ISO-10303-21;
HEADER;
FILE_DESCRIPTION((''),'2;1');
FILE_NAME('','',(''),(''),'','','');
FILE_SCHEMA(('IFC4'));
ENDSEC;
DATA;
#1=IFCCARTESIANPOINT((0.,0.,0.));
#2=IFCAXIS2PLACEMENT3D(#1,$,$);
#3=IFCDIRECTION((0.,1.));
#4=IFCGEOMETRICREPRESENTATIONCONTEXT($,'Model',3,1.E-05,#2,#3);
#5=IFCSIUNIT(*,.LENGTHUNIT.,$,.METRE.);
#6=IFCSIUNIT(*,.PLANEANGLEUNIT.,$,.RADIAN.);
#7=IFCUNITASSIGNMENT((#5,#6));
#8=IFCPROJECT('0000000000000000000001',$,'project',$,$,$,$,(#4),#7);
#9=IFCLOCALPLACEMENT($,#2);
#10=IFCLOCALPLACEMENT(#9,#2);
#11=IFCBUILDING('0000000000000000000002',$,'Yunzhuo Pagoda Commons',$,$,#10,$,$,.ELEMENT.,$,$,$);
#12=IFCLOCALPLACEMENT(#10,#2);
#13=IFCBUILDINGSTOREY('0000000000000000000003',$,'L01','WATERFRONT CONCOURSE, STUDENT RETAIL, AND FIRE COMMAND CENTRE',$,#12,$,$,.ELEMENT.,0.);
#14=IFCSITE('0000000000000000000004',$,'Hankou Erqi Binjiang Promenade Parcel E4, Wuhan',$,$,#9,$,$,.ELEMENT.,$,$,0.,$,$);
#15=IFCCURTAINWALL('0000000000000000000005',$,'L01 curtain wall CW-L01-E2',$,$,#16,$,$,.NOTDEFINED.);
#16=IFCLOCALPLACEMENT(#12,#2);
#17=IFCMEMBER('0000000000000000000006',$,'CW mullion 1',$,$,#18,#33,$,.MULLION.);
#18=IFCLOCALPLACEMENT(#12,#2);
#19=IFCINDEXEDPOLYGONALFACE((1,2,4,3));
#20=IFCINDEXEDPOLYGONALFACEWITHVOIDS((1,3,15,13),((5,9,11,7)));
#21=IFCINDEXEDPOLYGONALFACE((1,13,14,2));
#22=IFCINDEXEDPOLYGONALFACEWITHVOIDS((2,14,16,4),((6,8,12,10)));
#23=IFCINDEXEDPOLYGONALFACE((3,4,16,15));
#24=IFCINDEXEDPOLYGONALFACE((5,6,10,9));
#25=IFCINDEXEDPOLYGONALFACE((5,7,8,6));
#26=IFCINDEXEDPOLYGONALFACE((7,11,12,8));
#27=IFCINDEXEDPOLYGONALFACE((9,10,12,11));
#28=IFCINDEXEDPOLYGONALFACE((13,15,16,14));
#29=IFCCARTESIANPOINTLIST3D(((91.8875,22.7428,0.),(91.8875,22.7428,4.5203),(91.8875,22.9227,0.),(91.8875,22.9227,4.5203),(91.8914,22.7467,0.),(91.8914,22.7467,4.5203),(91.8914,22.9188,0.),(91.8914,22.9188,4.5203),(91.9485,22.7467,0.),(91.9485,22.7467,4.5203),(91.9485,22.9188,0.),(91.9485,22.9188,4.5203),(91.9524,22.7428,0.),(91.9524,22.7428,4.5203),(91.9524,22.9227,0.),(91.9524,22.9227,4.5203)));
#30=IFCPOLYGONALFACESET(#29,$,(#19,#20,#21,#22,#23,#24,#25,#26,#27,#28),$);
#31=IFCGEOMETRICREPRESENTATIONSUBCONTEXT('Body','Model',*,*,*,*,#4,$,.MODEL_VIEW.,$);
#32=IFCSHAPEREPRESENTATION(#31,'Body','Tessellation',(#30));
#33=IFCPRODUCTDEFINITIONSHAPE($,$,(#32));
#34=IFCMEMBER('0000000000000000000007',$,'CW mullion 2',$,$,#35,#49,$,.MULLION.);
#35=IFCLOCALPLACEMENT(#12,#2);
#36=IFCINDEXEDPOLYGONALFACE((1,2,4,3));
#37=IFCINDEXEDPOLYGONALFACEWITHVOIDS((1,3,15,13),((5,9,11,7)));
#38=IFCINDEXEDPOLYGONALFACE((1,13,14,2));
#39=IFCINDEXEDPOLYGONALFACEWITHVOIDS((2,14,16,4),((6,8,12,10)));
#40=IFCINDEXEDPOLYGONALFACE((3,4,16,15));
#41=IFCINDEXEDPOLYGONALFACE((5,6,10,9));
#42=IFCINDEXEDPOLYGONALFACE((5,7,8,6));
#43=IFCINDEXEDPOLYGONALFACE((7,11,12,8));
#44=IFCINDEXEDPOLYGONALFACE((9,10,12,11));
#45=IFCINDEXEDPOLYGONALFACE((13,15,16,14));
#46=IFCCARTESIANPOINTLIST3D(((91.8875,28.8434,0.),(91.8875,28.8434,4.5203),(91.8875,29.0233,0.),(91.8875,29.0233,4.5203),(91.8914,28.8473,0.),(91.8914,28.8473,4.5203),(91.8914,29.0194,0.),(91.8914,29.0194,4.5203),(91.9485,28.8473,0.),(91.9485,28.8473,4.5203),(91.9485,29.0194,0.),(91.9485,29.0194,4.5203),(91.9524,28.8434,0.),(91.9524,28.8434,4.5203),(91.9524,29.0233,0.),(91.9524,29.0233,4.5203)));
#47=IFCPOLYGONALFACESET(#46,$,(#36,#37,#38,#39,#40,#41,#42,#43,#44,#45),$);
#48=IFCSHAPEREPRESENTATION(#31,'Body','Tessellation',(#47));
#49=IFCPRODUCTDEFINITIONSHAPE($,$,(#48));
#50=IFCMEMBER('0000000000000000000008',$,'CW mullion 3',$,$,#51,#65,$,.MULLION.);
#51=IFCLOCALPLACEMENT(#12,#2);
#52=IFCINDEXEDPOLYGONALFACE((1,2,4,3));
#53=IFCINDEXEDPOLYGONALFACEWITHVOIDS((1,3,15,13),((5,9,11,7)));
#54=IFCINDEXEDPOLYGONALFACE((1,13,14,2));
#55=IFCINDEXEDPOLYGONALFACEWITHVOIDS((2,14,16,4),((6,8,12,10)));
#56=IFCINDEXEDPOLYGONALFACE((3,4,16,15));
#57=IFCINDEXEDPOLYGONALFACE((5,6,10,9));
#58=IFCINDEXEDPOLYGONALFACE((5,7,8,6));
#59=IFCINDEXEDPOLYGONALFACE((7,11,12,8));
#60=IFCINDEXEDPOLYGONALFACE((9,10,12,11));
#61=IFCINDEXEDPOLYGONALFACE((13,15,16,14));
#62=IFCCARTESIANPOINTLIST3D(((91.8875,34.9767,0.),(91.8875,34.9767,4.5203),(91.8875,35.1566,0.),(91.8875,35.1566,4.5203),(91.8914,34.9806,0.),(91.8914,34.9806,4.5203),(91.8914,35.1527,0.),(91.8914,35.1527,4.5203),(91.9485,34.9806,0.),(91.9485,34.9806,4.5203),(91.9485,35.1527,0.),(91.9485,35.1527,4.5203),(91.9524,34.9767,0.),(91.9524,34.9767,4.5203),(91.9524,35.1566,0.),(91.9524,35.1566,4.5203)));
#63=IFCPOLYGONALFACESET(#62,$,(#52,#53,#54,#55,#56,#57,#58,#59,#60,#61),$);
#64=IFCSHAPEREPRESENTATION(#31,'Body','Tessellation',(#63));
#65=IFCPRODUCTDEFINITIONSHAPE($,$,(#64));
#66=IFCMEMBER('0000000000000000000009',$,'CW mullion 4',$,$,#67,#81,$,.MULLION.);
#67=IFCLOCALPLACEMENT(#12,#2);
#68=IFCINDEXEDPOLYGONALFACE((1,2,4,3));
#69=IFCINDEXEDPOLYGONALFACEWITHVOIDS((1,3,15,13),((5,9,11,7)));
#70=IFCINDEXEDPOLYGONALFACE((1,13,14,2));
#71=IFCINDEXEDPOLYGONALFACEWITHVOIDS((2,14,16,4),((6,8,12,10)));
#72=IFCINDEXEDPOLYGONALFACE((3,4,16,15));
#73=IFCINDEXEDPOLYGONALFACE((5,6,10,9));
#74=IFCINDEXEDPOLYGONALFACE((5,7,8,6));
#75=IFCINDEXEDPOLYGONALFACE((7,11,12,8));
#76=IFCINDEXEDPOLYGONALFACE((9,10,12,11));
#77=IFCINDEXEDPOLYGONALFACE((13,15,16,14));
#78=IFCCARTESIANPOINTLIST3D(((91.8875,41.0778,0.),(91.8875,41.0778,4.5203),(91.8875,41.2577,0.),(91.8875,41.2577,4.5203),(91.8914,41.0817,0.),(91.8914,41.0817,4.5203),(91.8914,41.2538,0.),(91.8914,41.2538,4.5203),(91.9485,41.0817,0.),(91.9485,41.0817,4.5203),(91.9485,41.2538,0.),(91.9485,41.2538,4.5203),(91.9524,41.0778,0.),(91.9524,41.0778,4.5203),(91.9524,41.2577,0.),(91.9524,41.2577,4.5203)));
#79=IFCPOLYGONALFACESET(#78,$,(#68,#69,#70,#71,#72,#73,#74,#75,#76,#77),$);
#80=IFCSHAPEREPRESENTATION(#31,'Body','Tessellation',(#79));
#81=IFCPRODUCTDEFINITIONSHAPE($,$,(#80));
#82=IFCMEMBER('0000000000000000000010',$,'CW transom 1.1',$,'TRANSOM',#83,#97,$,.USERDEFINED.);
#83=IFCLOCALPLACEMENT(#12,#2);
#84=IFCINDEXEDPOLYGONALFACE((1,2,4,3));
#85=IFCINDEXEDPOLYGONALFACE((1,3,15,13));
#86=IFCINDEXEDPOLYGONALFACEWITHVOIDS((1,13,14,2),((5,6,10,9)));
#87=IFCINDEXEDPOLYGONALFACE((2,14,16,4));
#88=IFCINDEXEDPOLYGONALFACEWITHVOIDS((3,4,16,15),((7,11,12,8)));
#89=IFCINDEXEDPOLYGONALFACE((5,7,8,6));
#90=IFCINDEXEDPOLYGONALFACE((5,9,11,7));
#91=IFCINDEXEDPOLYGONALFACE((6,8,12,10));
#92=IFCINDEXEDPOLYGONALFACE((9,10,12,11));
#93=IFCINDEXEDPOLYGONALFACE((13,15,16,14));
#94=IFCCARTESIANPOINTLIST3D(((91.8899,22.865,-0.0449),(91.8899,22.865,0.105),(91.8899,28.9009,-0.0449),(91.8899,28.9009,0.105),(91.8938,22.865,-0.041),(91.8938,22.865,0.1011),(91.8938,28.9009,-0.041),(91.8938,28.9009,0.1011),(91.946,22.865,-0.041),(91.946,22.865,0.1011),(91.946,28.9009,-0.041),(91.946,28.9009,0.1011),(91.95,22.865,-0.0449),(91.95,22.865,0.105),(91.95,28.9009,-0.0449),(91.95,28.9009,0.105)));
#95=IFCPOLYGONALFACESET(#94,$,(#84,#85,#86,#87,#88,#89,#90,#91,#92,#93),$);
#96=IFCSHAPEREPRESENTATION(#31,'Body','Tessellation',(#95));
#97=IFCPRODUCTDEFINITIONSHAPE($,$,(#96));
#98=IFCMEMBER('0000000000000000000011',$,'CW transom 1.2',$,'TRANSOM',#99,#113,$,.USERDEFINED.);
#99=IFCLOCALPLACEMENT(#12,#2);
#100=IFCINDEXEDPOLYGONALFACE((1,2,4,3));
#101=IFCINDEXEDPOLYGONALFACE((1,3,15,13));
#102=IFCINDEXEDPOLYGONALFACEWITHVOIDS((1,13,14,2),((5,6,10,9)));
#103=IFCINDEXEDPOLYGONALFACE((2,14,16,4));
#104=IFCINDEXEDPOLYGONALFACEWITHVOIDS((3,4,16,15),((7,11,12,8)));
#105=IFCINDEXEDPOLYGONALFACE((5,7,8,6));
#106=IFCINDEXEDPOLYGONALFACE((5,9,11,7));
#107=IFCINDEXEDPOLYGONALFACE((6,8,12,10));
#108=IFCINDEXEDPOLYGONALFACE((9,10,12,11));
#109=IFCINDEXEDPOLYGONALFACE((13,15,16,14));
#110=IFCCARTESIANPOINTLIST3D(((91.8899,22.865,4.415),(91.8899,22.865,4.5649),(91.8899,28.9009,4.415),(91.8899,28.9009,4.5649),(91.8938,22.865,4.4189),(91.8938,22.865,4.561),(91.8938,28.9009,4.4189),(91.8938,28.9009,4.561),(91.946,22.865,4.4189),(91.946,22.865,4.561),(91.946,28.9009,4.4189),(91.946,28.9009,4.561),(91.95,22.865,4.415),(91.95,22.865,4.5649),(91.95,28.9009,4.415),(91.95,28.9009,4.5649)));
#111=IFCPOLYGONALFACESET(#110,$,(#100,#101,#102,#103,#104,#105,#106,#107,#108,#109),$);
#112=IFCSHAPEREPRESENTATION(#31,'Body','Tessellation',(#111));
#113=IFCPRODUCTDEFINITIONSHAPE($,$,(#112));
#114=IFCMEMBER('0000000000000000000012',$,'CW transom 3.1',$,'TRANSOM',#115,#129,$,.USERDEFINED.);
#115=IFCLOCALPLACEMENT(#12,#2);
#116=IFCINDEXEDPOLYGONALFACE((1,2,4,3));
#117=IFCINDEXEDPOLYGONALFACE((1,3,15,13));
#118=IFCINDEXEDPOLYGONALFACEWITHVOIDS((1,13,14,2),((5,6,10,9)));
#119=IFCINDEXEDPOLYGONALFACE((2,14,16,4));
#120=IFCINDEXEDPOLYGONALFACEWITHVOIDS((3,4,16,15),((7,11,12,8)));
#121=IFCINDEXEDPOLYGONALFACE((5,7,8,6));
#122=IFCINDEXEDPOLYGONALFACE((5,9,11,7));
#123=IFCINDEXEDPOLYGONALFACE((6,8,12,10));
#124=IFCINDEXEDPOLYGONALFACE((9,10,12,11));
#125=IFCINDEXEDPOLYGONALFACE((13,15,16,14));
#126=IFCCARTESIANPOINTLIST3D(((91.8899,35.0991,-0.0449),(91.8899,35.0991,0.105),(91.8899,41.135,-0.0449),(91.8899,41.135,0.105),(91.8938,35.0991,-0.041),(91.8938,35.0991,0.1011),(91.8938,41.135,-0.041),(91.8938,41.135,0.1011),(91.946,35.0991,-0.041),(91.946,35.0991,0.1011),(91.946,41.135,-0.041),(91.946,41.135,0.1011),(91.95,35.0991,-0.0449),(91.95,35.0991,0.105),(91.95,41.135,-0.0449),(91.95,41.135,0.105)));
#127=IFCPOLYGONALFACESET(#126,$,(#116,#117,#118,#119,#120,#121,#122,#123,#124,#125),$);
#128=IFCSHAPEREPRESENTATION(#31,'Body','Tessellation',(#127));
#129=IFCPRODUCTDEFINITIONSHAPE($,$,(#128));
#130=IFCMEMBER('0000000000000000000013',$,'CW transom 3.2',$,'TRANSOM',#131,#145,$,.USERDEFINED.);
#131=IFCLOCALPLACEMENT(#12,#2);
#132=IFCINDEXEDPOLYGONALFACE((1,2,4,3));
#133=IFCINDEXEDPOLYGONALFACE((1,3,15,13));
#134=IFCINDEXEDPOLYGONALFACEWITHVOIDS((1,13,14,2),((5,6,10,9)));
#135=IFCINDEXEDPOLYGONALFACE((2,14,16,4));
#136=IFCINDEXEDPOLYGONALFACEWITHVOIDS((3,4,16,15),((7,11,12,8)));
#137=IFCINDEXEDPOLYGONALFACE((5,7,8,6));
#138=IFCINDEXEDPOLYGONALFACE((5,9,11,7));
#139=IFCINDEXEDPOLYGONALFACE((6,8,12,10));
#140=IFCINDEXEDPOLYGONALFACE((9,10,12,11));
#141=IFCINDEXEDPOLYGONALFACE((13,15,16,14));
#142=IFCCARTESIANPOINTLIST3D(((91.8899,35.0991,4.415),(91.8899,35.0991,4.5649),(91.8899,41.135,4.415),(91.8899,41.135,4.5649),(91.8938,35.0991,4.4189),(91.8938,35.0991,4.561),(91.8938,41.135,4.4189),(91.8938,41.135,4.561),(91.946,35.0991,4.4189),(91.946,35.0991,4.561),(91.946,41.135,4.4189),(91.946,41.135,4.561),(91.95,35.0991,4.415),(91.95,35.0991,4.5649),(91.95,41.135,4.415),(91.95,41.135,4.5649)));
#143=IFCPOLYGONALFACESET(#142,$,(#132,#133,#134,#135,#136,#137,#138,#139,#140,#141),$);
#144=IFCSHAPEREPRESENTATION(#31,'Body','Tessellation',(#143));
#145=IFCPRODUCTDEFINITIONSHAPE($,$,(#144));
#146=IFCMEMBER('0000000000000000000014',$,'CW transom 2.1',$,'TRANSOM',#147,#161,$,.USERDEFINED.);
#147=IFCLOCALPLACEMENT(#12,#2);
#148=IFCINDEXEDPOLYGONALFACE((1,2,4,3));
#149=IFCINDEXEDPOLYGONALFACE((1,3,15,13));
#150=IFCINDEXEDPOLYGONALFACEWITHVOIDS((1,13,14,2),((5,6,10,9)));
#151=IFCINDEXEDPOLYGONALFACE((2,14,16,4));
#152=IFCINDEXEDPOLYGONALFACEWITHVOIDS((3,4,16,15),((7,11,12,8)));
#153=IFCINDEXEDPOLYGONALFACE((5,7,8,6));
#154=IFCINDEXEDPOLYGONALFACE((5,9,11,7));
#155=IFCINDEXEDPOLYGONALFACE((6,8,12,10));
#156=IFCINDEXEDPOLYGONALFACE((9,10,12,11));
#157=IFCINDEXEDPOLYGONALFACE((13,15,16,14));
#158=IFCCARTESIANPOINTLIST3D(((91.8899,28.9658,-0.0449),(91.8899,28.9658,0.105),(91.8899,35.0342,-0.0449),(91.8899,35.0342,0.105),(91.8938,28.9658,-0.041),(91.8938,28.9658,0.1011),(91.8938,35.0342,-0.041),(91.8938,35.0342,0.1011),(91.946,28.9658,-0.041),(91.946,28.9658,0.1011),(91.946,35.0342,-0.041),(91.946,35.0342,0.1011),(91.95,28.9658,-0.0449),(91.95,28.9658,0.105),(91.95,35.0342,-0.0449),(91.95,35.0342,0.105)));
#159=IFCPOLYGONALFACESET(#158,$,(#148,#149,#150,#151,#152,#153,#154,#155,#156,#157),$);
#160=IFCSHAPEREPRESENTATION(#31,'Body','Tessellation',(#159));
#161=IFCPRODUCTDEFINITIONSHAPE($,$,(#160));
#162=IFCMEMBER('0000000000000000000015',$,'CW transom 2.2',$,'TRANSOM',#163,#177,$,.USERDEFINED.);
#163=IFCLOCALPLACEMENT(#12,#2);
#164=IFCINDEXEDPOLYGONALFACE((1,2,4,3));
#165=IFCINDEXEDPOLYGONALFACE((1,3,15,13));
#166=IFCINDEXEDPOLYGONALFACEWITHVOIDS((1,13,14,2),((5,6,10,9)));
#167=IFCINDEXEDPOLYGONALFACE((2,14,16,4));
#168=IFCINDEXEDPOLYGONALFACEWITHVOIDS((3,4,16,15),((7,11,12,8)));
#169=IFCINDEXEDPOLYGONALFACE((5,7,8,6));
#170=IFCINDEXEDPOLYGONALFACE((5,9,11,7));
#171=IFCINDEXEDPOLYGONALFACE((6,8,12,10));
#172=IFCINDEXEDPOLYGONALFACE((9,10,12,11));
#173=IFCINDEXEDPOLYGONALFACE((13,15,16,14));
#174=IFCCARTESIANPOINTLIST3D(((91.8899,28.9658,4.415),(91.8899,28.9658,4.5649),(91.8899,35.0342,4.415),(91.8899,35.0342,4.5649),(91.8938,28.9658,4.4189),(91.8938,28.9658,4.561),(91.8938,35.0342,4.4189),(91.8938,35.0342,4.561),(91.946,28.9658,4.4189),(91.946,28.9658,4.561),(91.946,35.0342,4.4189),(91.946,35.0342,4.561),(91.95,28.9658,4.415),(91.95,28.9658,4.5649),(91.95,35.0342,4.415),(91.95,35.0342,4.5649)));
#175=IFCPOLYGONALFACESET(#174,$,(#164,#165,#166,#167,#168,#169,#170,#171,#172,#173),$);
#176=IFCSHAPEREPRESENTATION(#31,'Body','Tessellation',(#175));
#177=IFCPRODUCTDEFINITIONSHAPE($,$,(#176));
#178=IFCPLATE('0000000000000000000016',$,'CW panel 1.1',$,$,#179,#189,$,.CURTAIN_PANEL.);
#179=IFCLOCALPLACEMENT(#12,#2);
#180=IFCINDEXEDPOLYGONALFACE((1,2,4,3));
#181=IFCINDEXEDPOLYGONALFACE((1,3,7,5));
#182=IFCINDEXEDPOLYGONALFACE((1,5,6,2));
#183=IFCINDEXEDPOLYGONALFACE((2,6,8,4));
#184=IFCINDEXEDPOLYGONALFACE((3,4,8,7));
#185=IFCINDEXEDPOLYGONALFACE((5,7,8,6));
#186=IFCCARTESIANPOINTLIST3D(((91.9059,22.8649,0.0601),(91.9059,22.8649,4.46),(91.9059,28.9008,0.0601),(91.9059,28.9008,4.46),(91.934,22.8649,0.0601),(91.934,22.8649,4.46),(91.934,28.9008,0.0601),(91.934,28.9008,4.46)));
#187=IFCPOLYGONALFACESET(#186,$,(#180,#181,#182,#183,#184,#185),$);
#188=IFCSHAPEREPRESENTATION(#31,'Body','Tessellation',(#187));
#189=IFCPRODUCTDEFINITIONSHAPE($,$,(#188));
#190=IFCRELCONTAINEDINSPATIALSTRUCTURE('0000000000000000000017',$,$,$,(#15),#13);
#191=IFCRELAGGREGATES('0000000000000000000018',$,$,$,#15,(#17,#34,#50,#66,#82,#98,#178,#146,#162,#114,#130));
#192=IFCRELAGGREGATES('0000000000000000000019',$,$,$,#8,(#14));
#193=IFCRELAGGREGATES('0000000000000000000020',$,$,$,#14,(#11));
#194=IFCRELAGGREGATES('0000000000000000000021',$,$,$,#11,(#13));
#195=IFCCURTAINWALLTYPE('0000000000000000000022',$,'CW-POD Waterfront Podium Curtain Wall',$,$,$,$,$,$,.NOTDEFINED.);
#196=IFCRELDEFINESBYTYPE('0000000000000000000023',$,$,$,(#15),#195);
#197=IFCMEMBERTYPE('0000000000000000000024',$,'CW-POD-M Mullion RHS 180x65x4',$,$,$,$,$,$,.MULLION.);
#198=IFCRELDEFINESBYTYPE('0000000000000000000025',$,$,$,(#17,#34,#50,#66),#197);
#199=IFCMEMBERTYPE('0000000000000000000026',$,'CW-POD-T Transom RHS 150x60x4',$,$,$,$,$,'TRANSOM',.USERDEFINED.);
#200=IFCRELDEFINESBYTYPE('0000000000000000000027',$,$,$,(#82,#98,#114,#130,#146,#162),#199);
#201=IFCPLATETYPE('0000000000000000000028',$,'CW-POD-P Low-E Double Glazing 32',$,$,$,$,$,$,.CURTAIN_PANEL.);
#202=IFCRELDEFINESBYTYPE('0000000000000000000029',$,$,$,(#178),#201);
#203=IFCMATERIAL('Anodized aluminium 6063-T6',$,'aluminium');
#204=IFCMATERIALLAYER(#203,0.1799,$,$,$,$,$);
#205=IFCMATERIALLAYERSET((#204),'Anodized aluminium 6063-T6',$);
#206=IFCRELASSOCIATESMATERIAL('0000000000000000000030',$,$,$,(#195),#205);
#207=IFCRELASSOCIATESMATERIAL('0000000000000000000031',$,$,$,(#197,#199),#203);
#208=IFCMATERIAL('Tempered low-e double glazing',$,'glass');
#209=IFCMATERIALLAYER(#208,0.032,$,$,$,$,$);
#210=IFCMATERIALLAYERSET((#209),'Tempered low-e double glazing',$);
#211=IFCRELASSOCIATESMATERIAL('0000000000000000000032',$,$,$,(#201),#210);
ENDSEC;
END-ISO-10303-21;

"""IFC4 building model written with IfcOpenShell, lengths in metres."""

from ifc_helpers import new_model, si_unit, direction, frame, origin, origin_2d, place, context, subcontext, project, spatial, rectangle, hollow_rectangle, extrude, source, transform, mapped, material, layer, layer_set, material_profile, profile_set, type_object, element, aggregate, save


model = new_model("IFC4")

# Units and contexts
model_context = context("Model", 3, precision=1e-05, world=origin(), true_north=direction((0.0, 1.0)))
body_context = subcontext(model_context, "Body", "Model", "MODEL_VIEW")
ifc_project = project(units=[si_unit("LENGTHUNIT", "METRE"), si_unit("PLANEANGLEUNIT", "RADIAN")], contexts=[model_context])

# Site, building, storey
site_placement = place(None, origin())
site = spatial("IfcSite", under=ifc_project, at=site_placement, Name="Hankou Erqi Binjiang Promenade Parcel E4, Wuhan", CompositionType="ELEMENT", RefElevation=0.0)
building_placement = place(site_placement, origin())
building = spatial("IfcBuilding", under=site, at=building_placement, Name="Yunzhuo Pagoda Commons", CompositionType="ELEMENT")
storey_placement = place(building_placement, origin())
storey = spatial("IfcBuildingStorey", under=building, at=storey_placement, Name="L01", Description="WATERFRONT CONCOURSE, STUDENT RETAIL, AND FIRE COMMAND CENTRE", CompositionType="ELEMENT", Elevation=0.0)

# Curtain wall, members, plate
ifc_material_1 = material(Name="Anodized aluminium 6063-T6", Category="aluminium")
ifc_layer_1 = layer(ifc_material_1, 0.1799)
ifc_layer_set_1 = layer_set([ifc_layer_1], Name="Anodized aluminium 6063-T6")
curtain_wall_type = type_object("IfcCurtainWallType", Name="CW-POD Waterfront Podium Curtain Wall", PredefinedType="NOTDEFINED", material=ifc_layer_set_1)
curtain_wall_placement = place(storey_placement, origin())
curtain_wall = element("IfcCurtainWall", 1, at=curtain_wall_placement, inside=storey, type_object=curtain_wall_type, Name="L01 curtain wall CW-L01-E2", PredefinedType="NOTDEFINED")
ifc_material_profile_1 = material_profile(ifc_material_1, hollow_rectangle(XDim=0.0649, YDim=0.1799, WallThickness=0.0039, at=origin_2d()), Name="Anodized aluminium 6063-T6")
ifc_profile_set_1 = profile_set([ifc_material_profile_1], Name="Anodized aluminium 6063-T6")
member_type_1 = type_object("IfcMemberType", Name="CW-POD-M Mullion RHS 180x65x4", PredefinedType="MULLION", material=ifc_profile_set_1)
shared_shape_1 = source(origin(), body_context, "Body", "SweptSolid", [
    extrude(hollow_rectangle(XDim=0.0649, YDim=0.1799, WallThickness=0.0039, at=origin_2d()), origin(), (0.0, 0.0, 1.0), 4.5203),
])
member_1_placement = place(storey_placement, frame((91.9199, 22.8328, 0.0), z_axis=(0.0, 0.0, 1.0), x_axis=(-1.0, 0.0, 0.0)))
member_1 = element("IfcMember", 2, at=member_1_placement, type_object=member_type_1, Name="CW mullion 1", PredefinedType="MULLION", context=body_context, shape_type="MappedRepresentation", body=[
    mapped(shared_shape_1, transform((0.0, 0.0, 0.0), scale=1.0)),
])
member_2_placement = place(storey_placement, frame((91.9199, 28.9333, 0.0), z_axis=(0.0, 0.0, 1.0), x_axis=(-1.0, 0.0, 0.0)))
member_2 = element("IfcMember", 3, at=member_2_placement, type_object=member_type_1, Name="CW mullion 2", PredefinedType="MULLION", context=body_context, shape_type="MappedRepresentation", body=[
    mapped(shared_shape_1, transform((0.0, 0.0, 0.0), scale=1.0)),
])
member_3_placement = place(storey_placement, frame((91.9199, 35.0667, 0.0), z_axis=(0.0, 0.0, 1.0), x_axis=(-1.0, 0.0, 0.0)))
member_3 = element("IfcMember", 4, at=member_3_placement, type_object=member_type_1, Name="CW mullion 3", PredefinedType="MULLION", context=body_context, shape_type="MappedRepresentation", body=[
    mapped(shared_shape_1, transform((0.0, 0.0, 0.0), scale=1.0)),
])
member_4_placement = place(storey_placement, frame((91.9199, 41.1677, 0.0), z_axis=(0.0, 0.0, 1.0), x_axis=(-1.0, 0.0, 0.0)))
member_4 = element("IfcMember", 5, at=member_4_placement, type_object=member_type_1, Name="CW mullion 4", PredefinedType="MULLION", context=body_context, shape_type="MappedRepresentation", body=[
    mapped(shared_shape_1, transform((0.0, 0.0, 0.0), scale=1.0)),
])
ifc_material_profile_2 = material_profile(ifc_material_1, hollow_rectangle(XDim=0.0601, YDim=0.1499, WallThickness=0.0039, at=origin_2d()), Name="Anodized aluminium 6063-T6")
ifc_profile_set_2 = profile_set([ifc_material_profile_2], Name="Anodized aluminium 6063-T6")
member_type_2 = type_object("IfcMemberType", Name="CW-POD-T Transom RHS 150x60x4", ElementType="TRANSOM", PredefinedType="USERDEFINED", material=ifc_profile_set_2)
shared_shape_2 = source(origin(), body_context, "Body", "SweptSolid", [
    extrude(hollow_rectangle(XDim=0.0601, YDim=0.1499, WallThickness=0.0039, at=origin_2d()), origin(), (0.0, 0.0, 1.0), 6.0359),
])
member_5_placement = place(storey_placement, frame((91.9199, 22.865, 0.03), z_axis=(0.0, 1.0, 0.0), x_axis=(-1.0, 0.0, 0.0)))
member_5 = element("IfcMember", 6, at=member_5_placement, type_object=member_type_2, Name="CW transom 1.1", ObjectType="TRANSOM", PredefinedType="USERDEFINED", context=body_context, shape_type="MappedRepresentation", body=[
    mapped(shared_shape_2, transform((0.0, 0.0, 0.0), scale=1.0)),
])
member_6_placement = place(storey_placement, frame((91.9199, 22.865, 4.49), z_axis=(0.0, 1.0, 0.0), x_axis=(-1.0, 0.0, 0.0)))
member_6 = element("IfcMember", 7, at=member_6_placement, type_object=member_type_2, Name="CW transom 1.2", ObjectType="TRANSOM", PredefinedType="USERDEFINED", context=body_context, shape_type="MappedRepresentation", body=[
    mapped(shared_shape_2, transform((0.0, 0.0, 0.0), scale=1.0)),
])
member_7_placement = place(storey_placement, frame((91.9199, 35.0991, 0.03), z_axis=(0.0, 1.0, 0.0), x_axis=(-1.0, 0.0, 0.0)))
member_7 = element("IfcMember", 8, at=member_7_placement, type_object=member_type_2, Name="CW transom 3.1", ObjectType="TRANSOM", PredefinedType="USERDEFINED", context=body_context, shape_type="MappedRepresentation", body=[
    mapped(shared_shape_2, transform((0.0, 0.0, 0.0), scale=1.0)),
])
member_8_placement = place(storey_placement, frame((91.9199, 35.0991, 4.49), z_axis=(0.0, 1.0, 0.0), x_axis=(-1.0, 0.0, 0.0)))
member_8 = element("IfcMember", 9, at=member_8_placement, type_object=member_type_2, Name="CW transom 3.2", ObjectType="TRANSOM", PredefinedType="USERDEFINED", context=body_context, shape_type="MappedRepresentation", body=[
    mapped(shared_shape_2, transform((0.0, 0.0, 0.0), scale=1.0)),
])
shared_shape_3 = source(origin(), body_context, "Body", "SweptSolid", [
    extrude(hollow_rectangle(XDim=0.0601, YDim=0.1499, WallThickness=0.0039, at=origin_2d()), origin(), (0.0, 0.0, 1.0), 6.0684),
])
member_9_placement = place(storey_placement, frame((91.9199, 28.9658, 0.03), z_axis=(0.0, 1.0, 0.0), x_axis=(-1.0, 0.0, 0.0)))
member_9 = element("IfcMember", 10, at=member_9_placement, type_object=member_type_2, Name="CW transom 2.1", ObjectType="TRANSOM", PredefinedType="USERDEFINED", context=body_context, shape_type="MappedRepresentation", body=[
    mapped(shared_shape_3, transform((0.0, 0.0, 0.0), scale=1.0)),
])
member_10_placement = place(storey_placement, frame((91.9199, 28.9658, 4.49), z_axis=(0.0, 1.0, 0.0), x_axis=(-1.0, 0.0, 0.0)))
member_10 = element("IfcMember", 11, at=member_10_placement, type_object=member_type_2, Name="CW transom 2.2", ObjectType="TRANSOM", PredefinedType="USERDEFINED", context=body_context, shape_type="MappedRepresentation", body=[
    mapped(shared_shape_3, transform((0.0, 0.0, 0.0), scale=1.0)),
])
ifc_material_2 = material(Name="Tempered low-e double glazing", Category="glass")
ifc_layer_2 = layer(ifc_material_2, 0.032)
ifc_layer_set_2 = layer_set([ifc_layer_2], Name="Tempered low-e double glazing")
plate_type = type_object("IfcPlateType", Name="CW-POD-P Low-E Double Glazing 32", PredefinedType="CURTAIN_PANEL", material=ifc_layer_set_2)
shared_shape_4 = source(origin(), body_context, "Body", "SweptSolid", [
    extrude(rectangle(XDim=6.0359, YDim=0.0281, at=origin_2d()), origin(), (0.0, 0.0, 1.0), 4.3999),
])
plate_1_placement = place(storey_placement, frame((91.9199, 25.8828, 0.0601), z_axis=(0.0, 0.0, 1.0), x_axis=(0.0, 1.0, 0.0)))
plate_1 = element("IfcPlate", 12, at=plate_1_placement, type_object=plate_type, Name="CW panel 1.1", PredefinedType="CURTAIN_PANEL", context=body_context, shape_type="MappedRepresentation", body=[
    mapped(shared_shape_4, transform((0.0, 0.0, 0.0), scale=1.0)),
])
aggregate(curtain_wall, [member_1, member_2, member_3, member_4, member_5, member_6, plate_1, member_9, member_10, member_7, member_8])

save(model, "model.ifc")
